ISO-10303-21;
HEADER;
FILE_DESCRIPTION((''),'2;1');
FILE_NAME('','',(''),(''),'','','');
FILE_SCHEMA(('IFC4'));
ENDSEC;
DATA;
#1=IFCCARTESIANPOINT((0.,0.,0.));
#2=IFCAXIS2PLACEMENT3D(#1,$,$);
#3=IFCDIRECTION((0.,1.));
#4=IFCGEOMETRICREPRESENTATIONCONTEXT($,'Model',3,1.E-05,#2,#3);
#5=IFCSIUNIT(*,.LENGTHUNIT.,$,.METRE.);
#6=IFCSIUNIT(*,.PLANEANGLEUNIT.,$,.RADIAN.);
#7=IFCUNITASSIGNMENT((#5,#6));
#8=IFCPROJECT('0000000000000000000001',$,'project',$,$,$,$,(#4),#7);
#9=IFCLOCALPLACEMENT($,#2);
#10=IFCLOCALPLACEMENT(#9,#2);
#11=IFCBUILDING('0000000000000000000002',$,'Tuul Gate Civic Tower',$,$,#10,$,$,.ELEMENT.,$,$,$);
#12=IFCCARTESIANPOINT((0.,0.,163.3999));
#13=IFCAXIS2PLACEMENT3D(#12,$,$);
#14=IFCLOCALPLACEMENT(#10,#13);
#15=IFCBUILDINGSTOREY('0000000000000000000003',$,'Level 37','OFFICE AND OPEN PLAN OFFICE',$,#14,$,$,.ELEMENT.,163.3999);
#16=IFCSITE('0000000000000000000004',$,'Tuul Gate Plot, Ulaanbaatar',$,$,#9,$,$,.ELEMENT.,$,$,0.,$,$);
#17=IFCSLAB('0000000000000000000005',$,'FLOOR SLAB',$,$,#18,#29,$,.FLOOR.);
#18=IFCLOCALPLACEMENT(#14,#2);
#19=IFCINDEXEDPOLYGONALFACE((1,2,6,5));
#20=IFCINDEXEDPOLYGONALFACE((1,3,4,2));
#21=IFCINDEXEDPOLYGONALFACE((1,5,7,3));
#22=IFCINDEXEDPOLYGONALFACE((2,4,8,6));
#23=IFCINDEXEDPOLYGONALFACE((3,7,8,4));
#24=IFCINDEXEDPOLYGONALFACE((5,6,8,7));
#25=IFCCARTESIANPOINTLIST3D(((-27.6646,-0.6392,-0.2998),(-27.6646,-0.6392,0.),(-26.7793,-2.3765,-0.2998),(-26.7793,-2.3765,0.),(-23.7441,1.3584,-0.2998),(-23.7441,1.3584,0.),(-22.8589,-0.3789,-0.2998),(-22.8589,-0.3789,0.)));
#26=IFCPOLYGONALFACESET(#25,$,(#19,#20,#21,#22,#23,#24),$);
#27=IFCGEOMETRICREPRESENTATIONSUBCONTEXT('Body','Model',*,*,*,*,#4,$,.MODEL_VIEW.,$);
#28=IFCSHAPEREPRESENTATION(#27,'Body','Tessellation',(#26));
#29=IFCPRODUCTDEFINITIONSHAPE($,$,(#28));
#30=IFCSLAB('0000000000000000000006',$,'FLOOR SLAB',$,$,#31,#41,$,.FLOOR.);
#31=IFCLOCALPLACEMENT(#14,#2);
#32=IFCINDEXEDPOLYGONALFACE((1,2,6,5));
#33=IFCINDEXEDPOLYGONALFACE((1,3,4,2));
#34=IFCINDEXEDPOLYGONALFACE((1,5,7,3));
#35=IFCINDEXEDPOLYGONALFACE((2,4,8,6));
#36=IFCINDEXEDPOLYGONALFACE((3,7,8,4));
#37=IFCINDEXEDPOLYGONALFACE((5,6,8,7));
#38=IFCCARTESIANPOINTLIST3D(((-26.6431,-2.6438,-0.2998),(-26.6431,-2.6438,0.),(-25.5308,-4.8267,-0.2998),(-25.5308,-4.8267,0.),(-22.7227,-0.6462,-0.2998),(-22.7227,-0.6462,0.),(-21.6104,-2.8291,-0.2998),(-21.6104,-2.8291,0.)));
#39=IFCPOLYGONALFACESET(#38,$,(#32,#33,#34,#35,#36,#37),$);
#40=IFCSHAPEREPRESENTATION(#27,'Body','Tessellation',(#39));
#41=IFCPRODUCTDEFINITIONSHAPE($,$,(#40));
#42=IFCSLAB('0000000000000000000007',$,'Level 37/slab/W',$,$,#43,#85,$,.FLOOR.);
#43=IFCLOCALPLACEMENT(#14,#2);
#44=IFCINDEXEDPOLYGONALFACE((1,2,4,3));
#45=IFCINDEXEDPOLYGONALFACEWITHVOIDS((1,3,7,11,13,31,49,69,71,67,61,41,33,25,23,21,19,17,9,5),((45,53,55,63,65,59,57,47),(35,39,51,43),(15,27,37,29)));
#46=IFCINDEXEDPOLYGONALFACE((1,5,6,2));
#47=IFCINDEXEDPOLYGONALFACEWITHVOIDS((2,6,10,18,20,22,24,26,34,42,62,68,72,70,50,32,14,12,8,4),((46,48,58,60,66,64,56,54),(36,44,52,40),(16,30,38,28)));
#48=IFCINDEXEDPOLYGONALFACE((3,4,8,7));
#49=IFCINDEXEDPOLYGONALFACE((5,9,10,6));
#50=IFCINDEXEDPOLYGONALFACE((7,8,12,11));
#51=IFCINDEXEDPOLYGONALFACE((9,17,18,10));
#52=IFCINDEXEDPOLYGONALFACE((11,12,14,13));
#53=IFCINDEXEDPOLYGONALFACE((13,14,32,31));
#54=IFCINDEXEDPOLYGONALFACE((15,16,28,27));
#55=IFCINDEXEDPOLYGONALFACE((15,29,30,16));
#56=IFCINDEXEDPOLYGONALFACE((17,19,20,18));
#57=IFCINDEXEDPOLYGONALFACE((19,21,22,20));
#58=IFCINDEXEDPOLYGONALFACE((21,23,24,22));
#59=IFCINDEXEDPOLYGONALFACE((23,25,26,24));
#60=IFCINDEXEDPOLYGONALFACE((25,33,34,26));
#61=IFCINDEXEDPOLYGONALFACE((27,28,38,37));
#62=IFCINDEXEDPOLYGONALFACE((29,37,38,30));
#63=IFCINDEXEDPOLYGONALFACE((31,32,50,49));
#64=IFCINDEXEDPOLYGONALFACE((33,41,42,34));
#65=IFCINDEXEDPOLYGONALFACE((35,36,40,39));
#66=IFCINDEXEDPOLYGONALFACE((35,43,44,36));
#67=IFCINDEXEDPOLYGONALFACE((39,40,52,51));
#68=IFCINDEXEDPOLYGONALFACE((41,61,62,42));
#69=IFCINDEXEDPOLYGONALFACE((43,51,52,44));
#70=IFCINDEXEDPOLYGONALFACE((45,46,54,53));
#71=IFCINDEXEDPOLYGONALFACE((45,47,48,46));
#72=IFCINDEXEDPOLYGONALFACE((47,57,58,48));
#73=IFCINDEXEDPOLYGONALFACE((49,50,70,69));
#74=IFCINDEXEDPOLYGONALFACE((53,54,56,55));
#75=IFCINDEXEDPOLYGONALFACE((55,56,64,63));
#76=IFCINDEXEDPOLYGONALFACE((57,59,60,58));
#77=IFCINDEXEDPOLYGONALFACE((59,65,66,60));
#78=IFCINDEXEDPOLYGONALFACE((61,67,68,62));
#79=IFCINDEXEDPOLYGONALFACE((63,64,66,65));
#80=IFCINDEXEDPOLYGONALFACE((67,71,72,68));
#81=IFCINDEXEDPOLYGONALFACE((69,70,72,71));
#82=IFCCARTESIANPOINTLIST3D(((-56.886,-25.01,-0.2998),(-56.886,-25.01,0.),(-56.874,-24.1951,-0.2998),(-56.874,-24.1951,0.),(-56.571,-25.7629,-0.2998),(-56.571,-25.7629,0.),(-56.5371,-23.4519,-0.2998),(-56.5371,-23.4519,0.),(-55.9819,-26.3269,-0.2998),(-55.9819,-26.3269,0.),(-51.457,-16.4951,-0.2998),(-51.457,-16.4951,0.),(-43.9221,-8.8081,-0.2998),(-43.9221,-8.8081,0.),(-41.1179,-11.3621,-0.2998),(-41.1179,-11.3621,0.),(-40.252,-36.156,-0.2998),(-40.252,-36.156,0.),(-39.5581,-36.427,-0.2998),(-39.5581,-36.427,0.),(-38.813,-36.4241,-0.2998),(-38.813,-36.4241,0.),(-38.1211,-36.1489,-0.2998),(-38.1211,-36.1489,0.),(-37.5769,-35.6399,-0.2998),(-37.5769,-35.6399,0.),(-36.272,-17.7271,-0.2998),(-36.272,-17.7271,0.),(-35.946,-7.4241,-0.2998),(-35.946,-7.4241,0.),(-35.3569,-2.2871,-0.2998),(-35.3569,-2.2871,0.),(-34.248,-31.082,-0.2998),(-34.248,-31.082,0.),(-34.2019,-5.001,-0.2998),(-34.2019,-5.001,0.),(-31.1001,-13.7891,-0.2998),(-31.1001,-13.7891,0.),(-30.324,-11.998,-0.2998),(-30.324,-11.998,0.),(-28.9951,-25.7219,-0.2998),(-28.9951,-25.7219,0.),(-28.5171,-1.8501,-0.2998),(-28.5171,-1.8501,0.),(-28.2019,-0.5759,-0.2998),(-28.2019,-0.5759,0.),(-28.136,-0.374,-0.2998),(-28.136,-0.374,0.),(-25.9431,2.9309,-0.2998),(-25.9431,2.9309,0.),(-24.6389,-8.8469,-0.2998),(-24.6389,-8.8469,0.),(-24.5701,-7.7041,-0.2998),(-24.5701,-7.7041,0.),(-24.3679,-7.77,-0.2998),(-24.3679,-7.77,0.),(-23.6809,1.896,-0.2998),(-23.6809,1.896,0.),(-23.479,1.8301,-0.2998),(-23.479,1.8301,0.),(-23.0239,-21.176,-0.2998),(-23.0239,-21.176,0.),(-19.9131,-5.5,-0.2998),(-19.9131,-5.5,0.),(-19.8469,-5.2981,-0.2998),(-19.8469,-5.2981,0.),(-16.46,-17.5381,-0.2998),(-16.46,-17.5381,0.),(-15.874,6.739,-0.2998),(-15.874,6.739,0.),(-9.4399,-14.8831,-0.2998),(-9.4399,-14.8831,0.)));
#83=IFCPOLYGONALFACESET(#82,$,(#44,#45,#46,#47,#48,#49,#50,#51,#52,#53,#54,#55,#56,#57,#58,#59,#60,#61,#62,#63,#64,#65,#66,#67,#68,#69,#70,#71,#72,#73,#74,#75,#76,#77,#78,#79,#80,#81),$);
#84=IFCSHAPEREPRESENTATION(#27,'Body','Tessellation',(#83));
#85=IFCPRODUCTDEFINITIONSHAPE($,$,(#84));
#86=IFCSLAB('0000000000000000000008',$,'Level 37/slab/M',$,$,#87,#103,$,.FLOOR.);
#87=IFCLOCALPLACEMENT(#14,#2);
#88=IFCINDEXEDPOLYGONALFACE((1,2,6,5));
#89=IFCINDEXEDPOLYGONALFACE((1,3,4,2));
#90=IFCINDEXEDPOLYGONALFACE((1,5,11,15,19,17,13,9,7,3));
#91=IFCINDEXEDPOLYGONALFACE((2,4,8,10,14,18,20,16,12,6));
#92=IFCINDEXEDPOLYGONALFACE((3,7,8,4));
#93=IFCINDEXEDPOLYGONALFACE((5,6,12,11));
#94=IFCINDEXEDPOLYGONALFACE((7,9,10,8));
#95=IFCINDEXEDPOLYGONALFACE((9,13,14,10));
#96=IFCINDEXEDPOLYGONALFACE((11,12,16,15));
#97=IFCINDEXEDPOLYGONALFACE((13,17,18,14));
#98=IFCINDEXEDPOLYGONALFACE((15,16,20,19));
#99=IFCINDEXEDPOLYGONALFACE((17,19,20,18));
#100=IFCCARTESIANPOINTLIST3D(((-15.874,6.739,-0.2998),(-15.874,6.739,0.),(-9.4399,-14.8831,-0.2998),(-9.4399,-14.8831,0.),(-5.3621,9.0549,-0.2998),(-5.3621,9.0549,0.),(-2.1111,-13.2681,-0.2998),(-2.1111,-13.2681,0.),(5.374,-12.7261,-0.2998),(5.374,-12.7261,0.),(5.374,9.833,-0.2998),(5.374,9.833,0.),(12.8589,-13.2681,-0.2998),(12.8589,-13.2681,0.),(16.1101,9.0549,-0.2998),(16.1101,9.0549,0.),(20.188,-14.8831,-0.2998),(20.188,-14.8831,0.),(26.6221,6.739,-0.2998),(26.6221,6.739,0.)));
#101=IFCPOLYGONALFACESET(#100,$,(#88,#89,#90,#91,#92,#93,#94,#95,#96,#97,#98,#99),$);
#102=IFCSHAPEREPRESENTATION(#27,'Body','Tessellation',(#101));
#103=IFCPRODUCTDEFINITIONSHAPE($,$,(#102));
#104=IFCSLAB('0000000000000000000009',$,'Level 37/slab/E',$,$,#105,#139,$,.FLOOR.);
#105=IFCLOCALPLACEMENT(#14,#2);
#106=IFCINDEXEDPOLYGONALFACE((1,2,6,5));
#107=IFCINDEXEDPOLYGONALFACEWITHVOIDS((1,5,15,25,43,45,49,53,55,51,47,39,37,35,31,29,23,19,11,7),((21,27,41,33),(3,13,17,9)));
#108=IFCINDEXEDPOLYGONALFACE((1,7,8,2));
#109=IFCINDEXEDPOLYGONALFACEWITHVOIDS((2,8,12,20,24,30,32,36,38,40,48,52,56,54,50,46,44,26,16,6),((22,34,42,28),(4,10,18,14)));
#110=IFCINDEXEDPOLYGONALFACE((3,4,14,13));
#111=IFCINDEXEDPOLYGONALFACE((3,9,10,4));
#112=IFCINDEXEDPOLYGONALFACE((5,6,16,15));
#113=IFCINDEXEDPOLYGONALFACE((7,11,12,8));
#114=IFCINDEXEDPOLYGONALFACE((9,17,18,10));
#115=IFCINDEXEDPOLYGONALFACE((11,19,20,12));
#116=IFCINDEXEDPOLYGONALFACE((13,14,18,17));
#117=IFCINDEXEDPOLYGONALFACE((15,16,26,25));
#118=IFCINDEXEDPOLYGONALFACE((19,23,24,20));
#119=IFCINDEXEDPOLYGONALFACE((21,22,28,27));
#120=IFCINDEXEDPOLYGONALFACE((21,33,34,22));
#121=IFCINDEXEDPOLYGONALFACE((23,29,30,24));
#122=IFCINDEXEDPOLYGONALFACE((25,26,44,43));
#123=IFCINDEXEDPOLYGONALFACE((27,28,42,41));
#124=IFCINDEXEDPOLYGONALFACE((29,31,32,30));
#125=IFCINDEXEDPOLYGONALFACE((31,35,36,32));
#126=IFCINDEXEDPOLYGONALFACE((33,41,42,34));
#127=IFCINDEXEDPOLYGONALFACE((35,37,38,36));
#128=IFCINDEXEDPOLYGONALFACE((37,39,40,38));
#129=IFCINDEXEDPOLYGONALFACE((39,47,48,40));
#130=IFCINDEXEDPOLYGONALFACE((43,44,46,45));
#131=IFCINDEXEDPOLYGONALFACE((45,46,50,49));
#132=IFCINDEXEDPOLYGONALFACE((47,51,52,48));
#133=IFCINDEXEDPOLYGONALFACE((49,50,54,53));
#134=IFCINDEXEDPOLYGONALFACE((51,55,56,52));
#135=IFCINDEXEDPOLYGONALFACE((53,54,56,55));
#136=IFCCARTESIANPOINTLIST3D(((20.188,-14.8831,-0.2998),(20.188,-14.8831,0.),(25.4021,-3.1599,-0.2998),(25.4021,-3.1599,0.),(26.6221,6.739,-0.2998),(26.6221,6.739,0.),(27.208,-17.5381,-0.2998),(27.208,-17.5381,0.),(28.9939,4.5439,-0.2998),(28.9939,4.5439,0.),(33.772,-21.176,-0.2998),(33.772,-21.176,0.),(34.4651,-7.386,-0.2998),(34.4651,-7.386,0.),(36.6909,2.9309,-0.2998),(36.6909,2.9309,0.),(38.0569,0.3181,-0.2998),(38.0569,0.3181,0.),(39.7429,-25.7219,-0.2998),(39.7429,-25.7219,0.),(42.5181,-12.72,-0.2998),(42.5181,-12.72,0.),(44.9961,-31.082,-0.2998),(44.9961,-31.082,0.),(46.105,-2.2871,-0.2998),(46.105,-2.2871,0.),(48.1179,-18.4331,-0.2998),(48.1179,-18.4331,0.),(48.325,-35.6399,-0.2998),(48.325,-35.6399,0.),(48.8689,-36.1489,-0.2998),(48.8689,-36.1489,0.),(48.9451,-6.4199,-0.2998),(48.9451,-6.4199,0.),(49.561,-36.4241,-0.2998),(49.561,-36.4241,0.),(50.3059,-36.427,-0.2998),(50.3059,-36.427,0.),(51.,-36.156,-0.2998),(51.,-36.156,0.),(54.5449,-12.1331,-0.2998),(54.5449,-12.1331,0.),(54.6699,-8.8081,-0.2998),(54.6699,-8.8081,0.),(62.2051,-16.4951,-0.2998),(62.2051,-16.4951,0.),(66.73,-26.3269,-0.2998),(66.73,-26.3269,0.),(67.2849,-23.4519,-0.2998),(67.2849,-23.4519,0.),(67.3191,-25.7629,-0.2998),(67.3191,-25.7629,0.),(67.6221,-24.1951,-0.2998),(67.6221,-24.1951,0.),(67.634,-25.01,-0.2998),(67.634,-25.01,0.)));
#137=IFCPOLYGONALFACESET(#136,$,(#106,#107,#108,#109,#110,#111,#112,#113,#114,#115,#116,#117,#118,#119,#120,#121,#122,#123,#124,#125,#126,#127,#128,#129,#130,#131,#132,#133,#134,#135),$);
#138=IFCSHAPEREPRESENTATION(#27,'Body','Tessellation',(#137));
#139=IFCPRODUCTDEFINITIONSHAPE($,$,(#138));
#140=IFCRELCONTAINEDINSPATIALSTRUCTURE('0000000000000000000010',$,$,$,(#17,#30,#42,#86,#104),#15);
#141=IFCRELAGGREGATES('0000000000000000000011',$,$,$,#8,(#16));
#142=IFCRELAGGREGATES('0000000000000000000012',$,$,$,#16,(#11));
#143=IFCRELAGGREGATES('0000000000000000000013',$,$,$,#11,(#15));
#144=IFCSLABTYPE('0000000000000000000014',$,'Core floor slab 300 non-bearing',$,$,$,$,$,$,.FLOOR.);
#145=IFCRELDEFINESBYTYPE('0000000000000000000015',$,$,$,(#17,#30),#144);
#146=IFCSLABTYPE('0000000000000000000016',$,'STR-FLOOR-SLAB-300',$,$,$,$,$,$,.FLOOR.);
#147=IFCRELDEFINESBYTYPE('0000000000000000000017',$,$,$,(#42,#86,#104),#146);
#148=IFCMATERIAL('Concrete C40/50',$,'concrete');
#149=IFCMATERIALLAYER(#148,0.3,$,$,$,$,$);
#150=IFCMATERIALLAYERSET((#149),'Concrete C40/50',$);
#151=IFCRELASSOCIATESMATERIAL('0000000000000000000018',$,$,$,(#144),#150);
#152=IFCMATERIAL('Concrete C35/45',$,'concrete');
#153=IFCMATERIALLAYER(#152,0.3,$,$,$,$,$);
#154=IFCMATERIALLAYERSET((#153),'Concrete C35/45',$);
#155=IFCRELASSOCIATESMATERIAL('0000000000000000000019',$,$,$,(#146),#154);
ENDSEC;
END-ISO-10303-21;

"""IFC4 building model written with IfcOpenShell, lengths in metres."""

from ifc_helpers import new_model, si_unit, direction, frame, origin, place, context, subcontext, project, spatial, polyline, outline, extrude, material, layer, layer_set, type_object, element, save


model = new_model("IFC4")

# Units and contexts
model_context = context("Model", 3, precision=1e-05, world=origin(), true_north=direction((0.0, 1.0)))
body_context = subcontext(model_context, "Body", "Model", "MODEL_VIEW")
ifc_project = project(units=[si_unit("LENGTHUNIT", "METRE"), si_unit("PLANEANGLEUNIT", "RADIAN")], contexts=[model_context])

# Site, building, storey
site_placement = place(None, origin())
site = spatial("IfcSite", under=ifc_project, at=site_placement, Name="Tuul Gate Plot, Ulaanbaatar", CompositionType="ELEMENT", RefElevation=0.0)
building_placement = place(site_placement, origin())
building = spatial("IfcBuilding", under=site, at=building_placement, Name="Tuul Gate Civic Tower", CompositionType="ELEMENT")
storey_placement = place(building_placement, frame((0.0, 0.0, 163.3999)))
storey = spatial("IfcBuildingStorey", under=building, at=storey_placement, Name="Level 37", Description="OFFICE AND OPEN PLAN OFFICE", CompositionType="ELEMENT", Elevation=163.3999)

# Slabs
ifc_material_1 = material(Name="Concrete C40/50", Category="concrete")
ifc_layer_1 = layer(ifc_material_1, 0.3)
ifc_layer_set_1 = layer_set([ifc_layer_1], Name="Concrete C40/50")
slab_type_1 = type_object("IfcSlabType", Name="Core floor slab 300 non-bearing", PredefinedType="FLOOR", material=ifc_layer_set_1)
slab_1_placement = place(storey_placement, frame((0.0, 0.0, -0.2998)))
element("IfcSlab", 1, at=slab_1_placement, inside=storey, type_object=slab_type_1, Name="FLOOR SLAB", PredefinedType="FLOOR", context=body_context, shape_type="SweptSolid", body=[
    extrude(outline(polyline([(-27.6646, -0.6392), (-23.7441, 1.3584), (-22.8589, -0.3789), (-26.7793, -2.3765), (-27.6646, -0.6392)])), origin(), (0.0, 0.0, 1.0), 0.2998),
])
slab_2_placement = place(storey_placement, frame((0.0, 0.0, -0.2998)))
element("IfcSlab", 2, at=slab_2_placement, inside=storey, type_object=slab_type_1, Name="FLOOR SLAB", PredefinedType="FLOOR", context=body_context, shape_type="SweptSolid", body=[
    extrude(outline(polyline([(-26.6431, -2.6438), (-22.7227, -0.6462), (-21.6104, -2.8291), (-25.5308, -4.8267), (-26.6431, -2.6438)])), origin(), (0.0, 0.0, 1.0), 0.2998),
])
ifc_material_2 = material(Name="Concrete C35/45", Category="concrete")
ifc_layer_2 = layer(ifc_material_2, 0.3)
ifc_layer_set_2 = layer_set([ifc_layer_2], Name="Concrete C35/45")
slab_type_2 = type_object("IfcSlabType", Name="STR-FLOOR-SLAB-300", PredefinedType="FLOOR", material=ifc_layer_set_2)
slab_3_placement = place(storey_placement, frame((0.0, 0.0, -0.2998)))
element("IfcSlab", 3, at=slab_3_placement, inside=storey, type_object=slab_type_2, Name="Level 37/slab/W", PredefinedType="FLOOR", context=body_context, shape_type="SweptSolid", body=[
    extrude(outline(polyline([(-16.46, -17.5381), (-9.4399, -14.8831), (-15.874, 6.739), (-25.9431, 2.9309), (-35.3569, -2.2871), (-43.9221, -8.8081), (-51.457, -16.4951), (-56.5371, -23.4519), (-56.874, -24.1951), (-56.886, -25.01), (-56.571, -25.7629), (-55.9819, -26.3269), (-40.252, -36.156), (-39.5581, -36.427), (-38.813, -36.4241), (-38.1211, -36.1489), (-37.5769, -35.6399), (-34.248, -31.082), (-28.9951, -25.7219), (-23.0239, -21.176), (-16.46, -17.5381)]), holes=[polyline([(-31.1001, -13.7891), (-36.272, -17.7271), (-41.1179, -11.3621), (-35.946, -7.4241), (-31.1001, -13.7891)]), polyline([(-24.6389, -8.8469), (-30.324, -11.998), (-34.2019, -5.001), (-28.5171, -1.8501), (-24.6389, -8.8469)]), polyline([(-24.3679, -7.77), (-24.5701, -7.7041), (-28.2019, -0.5759), (-28.136, -0.374), (-23.6809, 1.896), (-23.479, 1.8301), (-19.8469, -5.2981), (-19.9131, -5.5), (-24.3679, -7.77)])]), origin(), (0.0, 0.0, 1.0), 0.2998),
])
slab_4_placement = place(storey_placement, frame((0.0, 0.0, -0.2998)))
element("IfcSlab", 4, at=slab_4_placement, inside=storey, type_object=slab_type_2, Name="Level 37/slab/M", PredefinedType="FLOOR", context=body_context, shape_type="SweptSolid", body=[
    extrude(outline(polyline([(20.188, -14.8831), (26.6221, 6.739), (16.1101, 9.0549), (5.374, 9.833), (-5.3621, 9.0549), (-15.874, 6.739), (-9.4399, -14.8831), (-2.1111, -13.2681), (5.374, -12.7261), (12.8589, -13.2681), (20.188, -14.8831)])), origin(), (0.0, 0.0, 1.0), 0.2998),
])
slab_5_placement = place(storey_placement, frame((0.0, 0.0, -0.2998)))
element("IfcSlab", 5, at=slab_5_placement, inside=storey, type_object=slab_type_2, Name="Level 37/slab/E", PredefinedType="FLOOR", context=body_context, shape_type="SweptSolid", body=[
    extrude(outline(polyline([(50.3059, -36.427), (51.0, -36.156), (66.73, -26.3269), (67.3191, -25.7629), (67.634, -25.01), (67.6221, -24.1951), (67.2849, -23.4519), (62.2051, -16.4951), (54.6699, -8.8081), (46.105, -2.2871), (36.6909, 2.9309), (26.6221, 6.739), (20.188, -14.8831), (27.208, -17.5381), (33.772, -21.176), (39.7429, -25.7219), (44.9961, -31.082), (48.325, -35.6399), (48.8689, -36.1489), (49.561, -36.4241), (50.3059, -36.427)]), holes=[polyline([(48.1179, -18.4331), (42.5181, -12.72), (48.9451, -6.4199), (54.5449, -12.1331), (48.1179, -18.4331)]), polyline([(25.4021, -3.1599), (28.9939, 4.5439), (38.0569, 0.3181), (34.4651, -7.386), (25.4021, -3.1599)])]), origin(), (0.0, 0.0, 1.0), 0.2998),
])

save(model, "model.ifc")
